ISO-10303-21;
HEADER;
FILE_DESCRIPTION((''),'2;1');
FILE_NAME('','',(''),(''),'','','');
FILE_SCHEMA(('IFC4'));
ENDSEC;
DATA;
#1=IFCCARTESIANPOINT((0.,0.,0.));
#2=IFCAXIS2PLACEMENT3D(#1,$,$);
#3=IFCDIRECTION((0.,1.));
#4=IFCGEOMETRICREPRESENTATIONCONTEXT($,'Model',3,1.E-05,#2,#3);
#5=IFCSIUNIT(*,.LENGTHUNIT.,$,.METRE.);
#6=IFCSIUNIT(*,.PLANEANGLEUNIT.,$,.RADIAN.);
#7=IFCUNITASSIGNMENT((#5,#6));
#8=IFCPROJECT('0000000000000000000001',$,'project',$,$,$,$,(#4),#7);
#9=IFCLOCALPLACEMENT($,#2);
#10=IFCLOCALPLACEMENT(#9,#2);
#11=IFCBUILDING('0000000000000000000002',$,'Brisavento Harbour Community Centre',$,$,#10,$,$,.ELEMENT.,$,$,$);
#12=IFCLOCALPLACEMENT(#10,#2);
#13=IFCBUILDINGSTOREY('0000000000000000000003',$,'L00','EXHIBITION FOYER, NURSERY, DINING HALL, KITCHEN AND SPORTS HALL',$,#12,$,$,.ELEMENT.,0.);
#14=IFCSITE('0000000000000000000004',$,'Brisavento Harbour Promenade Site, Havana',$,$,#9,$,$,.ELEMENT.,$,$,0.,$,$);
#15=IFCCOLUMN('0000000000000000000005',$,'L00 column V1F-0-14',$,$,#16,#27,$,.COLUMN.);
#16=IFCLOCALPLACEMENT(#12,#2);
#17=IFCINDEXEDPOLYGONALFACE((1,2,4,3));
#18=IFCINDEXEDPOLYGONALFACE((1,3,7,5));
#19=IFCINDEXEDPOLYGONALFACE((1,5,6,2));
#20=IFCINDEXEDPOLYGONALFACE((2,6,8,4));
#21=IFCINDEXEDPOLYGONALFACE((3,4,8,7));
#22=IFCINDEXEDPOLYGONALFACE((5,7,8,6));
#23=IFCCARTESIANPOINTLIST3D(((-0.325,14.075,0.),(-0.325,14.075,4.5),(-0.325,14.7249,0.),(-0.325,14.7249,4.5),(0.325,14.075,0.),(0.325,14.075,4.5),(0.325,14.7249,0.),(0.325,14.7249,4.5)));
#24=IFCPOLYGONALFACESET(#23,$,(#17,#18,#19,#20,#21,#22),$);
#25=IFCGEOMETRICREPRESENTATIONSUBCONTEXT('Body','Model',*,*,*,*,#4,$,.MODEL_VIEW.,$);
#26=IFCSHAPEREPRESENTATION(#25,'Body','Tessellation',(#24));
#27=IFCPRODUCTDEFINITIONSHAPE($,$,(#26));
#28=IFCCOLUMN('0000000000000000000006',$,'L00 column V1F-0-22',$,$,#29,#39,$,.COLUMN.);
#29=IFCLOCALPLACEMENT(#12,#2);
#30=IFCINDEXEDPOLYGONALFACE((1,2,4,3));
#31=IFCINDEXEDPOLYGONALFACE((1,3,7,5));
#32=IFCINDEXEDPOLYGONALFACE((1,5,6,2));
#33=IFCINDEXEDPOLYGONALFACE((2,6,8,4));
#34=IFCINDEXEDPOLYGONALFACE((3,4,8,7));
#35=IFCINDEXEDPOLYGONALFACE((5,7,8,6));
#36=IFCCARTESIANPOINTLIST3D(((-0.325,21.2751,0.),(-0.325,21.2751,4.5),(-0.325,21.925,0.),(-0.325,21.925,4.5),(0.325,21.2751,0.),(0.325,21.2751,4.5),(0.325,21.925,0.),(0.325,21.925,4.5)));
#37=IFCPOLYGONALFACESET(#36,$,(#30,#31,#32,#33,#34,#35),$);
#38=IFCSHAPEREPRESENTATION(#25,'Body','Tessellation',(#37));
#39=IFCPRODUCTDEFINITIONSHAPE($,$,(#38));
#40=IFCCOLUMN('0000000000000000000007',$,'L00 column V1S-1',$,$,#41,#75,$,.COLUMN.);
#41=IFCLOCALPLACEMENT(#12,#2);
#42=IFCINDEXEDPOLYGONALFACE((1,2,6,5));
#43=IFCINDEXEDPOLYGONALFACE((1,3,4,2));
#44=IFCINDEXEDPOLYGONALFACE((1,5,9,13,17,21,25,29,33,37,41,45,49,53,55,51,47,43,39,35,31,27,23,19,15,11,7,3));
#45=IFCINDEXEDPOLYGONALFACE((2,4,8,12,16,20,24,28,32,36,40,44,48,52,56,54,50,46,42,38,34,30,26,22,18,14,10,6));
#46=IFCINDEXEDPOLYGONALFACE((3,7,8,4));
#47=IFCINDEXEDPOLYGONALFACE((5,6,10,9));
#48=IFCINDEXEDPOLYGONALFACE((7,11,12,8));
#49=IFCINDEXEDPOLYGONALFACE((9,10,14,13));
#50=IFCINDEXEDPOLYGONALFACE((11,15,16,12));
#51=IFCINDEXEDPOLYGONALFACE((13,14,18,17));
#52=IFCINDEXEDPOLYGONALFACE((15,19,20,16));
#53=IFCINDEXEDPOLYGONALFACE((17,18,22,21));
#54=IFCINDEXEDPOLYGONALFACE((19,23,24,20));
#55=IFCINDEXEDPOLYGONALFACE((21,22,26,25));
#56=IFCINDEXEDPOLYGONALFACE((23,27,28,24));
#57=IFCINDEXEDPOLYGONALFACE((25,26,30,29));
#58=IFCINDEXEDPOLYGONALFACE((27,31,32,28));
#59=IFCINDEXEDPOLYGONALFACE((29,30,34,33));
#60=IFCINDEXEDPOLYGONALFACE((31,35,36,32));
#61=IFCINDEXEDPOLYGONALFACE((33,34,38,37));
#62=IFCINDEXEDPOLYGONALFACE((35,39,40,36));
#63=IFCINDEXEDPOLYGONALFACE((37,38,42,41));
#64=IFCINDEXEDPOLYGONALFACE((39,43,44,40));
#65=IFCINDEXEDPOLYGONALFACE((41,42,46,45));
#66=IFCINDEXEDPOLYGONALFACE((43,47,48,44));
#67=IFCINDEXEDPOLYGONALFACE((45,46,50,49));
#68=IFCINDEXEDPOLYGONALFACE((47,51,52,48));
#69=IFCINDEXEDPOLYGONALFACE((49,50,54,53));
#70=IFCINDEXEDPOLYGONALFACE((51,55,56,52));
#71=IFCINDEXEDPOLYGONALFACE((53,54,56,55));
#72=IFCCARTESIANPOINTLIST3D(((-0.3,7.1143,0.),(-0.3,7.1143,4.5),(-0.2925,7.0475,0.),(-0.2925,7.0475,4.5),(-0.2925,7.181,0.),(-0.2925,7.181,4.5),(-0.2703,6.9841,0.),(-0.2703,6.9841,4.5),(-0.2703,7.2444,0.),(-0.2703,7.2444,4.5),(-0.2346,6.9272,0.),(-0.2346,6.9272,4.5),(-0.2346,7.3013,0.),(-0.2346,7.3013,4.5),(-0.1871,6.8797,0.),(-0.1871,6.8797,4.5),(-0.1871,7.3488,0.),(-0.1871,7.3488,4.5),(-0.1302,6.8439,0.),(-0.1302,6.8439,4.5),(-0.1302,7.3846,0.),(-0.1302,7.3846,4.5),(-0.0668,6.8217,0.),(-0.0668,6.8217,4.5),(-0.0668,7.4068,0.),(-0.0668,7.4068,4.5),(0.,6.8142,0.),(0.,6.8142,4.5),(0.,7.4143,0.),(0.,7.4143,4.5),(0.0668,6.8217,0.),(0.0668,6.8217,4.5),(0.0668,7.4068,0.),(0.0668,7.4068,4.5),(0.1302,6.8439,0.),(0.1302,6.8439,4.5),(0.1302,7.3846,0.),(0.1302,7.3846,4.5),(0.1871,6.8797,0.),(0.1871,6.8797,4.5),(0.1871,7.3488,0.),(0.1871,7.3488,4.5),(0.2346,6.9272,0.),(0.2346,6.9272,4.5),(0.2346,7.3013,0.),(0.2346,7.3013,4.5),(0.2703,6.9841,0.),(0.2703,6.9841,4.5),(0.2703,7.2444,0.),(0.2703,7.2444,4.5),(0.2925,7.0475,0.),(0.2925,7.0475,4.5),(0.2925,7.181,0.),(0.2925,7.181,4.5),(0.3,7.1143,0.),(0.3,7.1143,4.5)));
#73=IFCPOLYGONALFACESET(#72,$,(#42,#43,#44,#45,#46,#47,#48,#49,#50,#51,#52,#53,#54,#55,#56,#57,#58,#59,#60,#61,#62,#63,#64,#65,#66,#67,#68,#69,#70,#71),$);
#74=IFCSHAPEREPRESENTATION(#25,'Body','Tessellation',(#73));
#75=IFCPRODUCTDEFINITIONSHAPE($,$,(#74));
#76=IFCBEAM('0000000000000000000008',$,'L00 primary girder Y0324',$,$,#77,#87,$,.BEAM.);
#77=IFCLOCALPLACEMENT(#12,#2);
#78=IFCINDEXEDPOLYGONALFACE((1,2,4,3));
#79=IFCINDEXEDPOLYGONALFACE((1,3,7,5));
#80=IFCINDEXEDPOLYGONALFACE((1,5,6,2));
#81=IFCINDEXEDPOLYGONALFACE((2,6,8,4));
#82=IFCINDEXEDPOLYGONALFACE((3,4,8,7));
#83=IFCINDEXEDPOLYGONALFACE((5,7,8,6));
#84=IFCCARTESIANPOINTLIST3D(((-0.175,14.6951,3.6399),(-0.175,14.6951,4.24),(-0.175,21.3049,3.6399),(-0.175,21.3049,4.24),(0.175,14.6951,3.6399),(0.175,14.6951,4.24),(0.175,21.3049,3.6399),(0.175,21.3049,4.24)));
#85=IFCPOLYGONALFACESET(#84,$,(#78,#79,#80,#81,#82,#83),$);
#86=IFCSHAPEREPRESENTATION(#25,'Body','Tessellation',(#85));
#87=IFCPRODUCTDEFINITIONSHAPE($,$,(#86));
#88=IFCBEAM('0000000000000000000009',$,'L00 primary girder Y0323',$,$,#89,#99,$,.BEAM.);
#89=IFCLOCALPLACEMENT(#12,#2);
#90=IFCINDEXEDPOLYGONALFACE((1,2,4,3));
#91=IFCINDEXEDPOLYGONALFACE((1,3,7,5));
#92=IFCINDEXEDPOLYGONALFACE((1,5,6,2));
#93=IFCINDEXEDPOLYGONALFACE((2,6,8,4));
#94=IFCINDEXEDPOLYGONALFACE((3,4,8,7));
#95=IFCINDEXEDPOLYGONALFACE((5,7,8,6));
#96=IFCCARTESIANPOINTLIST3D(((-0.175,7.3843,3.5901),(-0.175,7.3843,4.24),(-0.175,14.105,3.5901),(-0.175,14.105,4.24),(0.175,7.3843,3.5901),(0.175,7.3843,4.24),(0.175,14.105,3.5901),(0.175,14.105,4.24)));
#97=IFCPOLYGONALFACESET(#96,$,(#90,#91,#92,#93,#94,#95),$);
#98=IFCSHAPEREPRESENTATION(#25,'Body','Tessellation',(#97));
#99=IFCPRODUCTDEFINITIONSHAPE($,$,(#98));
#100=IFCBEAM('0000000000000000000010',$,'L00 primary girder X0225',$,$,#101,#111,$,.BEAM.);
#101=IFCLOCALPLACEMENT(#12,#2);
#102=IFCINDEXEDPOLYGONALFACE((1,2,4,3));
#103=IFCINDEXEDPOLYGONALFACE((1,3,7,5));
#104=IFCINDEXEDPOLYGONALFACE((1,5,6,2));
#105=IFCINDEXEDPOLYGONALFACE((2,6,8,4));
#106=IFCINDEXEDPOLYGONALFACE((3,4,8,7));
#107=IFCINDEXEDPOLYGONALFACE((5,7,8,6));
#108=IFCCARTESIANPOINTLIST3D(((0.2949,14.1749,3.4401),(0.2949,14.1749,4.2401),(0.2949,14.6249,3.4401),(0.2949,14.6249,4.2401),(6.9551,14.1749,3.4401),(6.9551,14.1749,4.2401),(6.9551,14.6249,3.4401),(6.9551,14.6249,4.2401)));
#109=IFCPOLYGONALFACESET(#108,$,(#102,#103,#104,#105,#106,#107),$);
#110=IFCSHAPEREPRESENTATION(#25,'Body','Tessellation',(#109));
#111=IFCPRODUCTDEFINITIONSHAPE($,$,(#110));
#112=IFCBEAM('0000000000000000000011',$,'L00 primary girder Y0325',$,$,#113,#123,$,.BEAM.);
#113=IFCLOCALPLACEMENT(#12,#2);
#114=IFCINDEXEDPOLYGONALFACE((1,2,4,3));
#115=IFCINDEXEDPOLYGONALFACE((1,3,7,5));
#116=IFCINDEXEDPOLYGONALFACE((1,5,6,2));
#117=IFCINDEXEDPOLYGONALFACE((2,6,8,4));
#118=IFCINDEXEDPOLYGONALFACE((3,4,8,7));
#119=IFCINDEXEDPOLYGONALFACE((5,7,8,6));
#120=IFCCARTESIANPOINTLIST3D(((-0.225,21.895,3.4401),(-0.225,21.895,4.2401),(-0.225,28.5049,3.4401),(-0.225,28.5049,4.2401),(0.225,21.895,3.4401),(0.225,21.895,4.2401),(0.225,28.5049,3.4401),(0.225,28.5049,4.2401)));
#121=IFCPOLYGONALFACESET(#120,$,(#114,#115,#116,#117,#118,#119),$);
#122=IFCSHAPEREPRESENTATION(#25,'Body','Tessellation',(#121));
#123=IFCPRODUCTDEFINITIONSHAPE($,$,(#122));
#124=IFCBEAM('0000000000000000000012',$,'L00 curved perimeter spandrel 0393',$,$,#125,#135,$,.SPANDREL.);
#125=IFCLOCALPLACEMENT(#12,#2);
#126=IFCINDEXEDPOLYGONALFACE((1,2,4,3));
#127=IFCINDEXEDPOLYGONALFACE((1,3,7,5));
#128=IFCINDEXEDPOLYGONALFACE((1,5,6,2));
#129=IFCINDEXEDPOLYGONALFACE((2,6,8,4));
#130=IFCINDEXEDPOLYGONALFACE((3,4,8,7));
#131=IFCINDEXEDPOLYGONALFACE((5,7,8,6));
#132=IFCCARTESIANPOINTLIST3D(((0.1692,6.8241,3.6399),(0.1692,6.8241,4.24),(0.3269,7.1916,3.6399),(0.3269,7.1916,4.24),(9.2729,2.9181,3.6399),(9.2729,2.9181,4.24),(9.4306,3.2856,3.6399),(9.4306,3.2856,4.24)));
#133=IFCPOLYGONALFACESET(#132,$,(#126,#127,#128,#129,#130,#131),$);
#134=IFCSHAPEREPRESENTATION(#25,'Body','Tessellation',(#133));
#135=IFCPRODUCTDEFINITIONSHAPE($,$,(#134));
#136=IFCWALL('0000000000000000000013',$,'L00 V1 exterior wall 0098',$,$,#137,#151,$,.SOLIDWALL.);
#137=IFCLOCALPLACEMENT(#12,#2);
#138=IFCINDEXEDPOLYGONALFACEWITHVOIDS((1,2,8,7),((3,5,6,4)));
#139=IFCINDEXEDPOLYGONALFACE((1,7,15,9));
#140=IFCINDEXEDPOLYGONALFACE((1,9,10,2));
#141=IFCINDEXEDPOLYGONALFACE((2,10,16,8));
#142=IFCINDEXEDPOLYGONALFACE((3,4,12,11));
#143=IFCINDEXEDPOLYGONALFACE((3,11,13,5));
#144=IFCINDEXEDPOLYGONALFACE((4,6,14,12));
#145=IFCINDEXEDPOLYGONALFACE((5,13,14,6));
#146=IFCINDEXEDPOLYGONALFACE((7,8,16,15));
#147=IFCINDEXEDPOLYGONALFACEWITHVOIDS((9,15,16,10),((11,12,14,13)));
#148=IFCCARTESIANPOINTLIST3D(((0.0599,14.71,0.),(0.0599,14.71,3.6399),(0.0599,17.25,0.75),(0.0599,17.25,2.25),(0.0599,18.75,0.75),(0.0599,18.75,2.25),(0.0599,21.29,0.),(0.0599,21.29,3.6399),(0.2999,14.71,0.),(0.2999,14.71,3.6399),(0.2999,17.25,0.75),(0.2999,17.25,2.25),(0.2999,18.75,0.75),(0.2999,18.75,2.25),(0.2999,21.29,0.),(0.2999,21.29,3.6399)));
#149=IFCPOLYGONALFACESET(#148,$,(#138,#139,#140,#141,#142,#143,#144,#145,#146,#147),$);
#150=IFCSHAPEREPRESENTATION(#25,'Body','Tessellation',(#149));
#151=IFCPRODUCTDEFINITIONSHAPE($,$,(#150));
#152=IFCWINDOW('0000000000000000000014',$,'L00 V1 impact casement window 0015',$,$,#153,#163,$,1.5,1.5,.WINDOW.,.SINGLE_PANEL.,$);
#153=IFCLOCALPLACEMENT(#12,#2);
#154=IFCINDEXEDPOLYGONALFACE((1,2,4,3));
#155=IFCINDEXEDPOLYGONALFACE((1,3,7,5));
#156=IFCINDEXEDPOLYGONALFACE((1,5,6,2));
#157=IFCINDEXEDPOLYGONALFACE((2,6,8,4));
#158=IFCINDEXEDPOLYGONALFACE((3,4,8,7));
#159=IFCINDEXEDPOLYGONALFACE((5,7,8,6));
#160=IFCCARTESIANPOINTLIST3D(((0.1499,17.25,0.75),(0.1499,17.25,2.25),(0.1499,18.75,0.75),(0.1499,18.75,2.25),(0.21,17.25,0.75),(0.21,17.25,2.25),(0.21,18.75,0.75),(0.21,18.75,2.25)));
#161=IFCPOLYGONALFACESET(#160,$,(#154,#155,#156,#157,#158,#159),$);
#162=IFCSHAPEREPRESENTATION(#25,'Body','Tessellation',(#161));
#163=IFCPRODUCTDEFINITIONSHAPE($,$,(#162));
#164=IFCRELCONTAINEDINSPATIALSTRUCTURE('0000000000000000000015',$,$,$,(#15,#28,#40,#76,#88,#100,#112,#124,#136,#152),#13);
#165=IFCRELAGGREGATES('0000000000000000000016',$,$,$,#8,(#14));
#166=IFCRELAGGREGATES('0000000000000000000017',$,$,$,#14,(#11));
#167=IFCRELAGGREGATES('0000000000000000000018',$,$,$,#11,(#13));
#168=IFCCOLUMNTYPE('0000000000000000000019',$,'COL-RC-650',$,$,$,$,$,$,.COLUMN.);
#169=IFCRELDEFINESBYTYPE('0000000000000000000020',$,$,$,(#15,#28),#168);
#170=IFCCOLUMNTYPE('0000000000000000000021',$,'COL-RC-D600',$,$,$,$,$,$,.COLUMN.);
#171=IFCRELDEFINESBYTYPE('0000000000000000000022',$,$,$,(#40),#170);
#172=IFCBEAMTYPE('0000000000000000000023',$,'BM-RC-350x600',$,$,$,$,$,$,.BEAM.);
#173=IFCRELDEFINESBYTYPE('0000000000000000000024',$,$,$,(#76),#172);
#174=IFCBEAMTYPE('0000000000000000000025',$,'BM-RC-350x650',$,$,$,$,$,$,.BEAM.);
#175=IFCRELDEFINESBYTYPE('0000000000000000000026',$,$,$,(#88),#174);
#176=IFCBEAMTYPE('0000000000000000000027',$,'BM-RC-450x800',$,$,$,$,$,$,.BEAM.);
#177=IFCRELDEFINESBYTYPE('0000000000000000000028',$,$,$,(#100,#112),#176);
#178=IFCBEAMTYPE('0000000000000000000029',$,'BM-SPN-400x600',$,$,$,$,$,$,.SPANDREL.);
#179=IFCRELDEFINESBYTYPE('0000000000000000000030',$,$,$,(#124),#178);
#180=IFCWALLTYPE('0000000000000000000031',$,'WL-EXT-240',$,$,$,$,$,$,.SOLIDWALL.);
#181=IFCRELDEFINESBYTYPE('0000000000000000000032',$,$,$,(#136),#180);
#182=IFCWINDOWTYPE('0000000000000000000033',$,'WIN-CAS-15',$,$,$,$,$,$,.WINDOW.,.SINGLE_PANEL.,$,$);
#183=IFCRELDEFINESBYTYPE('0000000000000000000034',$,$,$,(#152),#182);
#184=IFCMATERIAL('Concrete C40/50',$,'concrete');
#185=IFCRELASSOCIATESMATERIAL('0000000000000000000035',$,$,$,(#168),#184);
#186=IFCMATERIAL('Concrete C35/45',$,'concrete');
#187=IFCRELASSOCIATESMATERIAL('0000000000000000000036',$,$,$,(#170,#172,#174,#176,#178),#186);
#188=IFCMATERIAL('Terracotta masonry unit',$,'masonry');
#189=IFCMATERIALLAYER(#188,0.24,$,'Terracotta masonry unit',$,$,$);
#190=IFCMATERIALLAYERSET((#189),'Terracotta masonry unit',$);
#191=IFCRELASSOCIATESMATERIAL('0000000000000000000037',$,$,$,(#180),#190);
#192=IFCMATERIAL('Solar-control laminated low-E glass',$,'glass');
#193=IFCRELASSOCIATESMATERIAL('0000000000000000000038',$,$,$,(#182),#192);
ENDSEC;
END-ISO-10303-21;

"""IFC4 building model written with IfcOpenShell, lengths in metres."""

from ifc_helpers import new_model, si_unit, direction, frame, frame_2d, origin, origin_2d, place, context, subcontext, project, spatial, rectangle, circle, extrude, material, layer, layer_set, material_profile, profile_set, type_object, element, fill, save


model = new_model("IFC4")

# Units and contexts
model_context = context("Model", 3, precision=1e-05, world=origin(), true_north=direction((0.0, 1.0)))
body_context = subcontext(model_context, "Body", "Model", "MODEL_VIEW")
ifc_project = project(units=[si_unit("LENGTHUNIT", "METRE"), si_unit("PLANEANGLEUNIT", "RADIAN")], contexts=[model_context])

# Site, building, storey
site_placement = place(None, origin())
site = spatial("IfcSite", under=ifc_project, at=site_placement, Name="Brisavento Harbour Promenade Site, Havana", CompositionType="ELEMENT", RefElevation=0.0)
building_placement = place(site_placement, origin())
building = spatial("IfcBuilding", under=site, at=building_placement, Name="Brisavento Harbour Community Centre", CompositionType="ELEMENT")
storey_placement = place(building_placement, origin())
storey = spatial("IfcBuildingStorey", under=building, at=storey_placement, Name="L00", Description="EXHIBITION FOYER, NURSERY, DINING HALL, KITCHEN AND SPORTS HALL", CompositionType="ELEMENT", Elevation=0.0)

# Columns
ifc_material_1 = material(Name="Concrete C40/50", Category="concrete")
ifc_material_profile_1 = material_profile(ifc_material_1, rectangle(XDim=0.6499, YDim=0.6499, at=origin_2d()), Name="Concrete C40/50")
ifc_profile_set_1 = profile_set([ifc_material_profile_1], Name="Concrete C40/50")
column_type_1 = type_object("IfcColumnType", Name="COL-RC-650", PredefinedType="COLUMN", material=ifc_profile_set_1)
for number, where, z_axis, x_axis, name in (
    (1, (0.0, 14.3999, 0.0), (0.0, 0.0, 1.0), (1.0, 0.0, 0.0), "L00 column V1F-0-14"),
    (2, (0.0, 21.6001, 0.0), (0.0, 0.0, 1.0), (1.0, 0.0, 0.0), "L00 column V1F-0-22"),
):
    element("IfcColumn", number, at=place(storey_placement, frame(where, z_axis=z_axis, x_axis=x_axis)), inside=storey, type_object=column_type_1, Name=name, PredefinedType="COLUMN", context=body_context, shape_type="SweptSolid", body=[
        extrude(rectangle(XDim=0.6499, YDim=0.6499, at=origin_2d()), origin(), (0.0, 0.0, 1.0), 4.5),
    ])
ifc_material_2 = material(Name="Concrete C35/45", Category="concrete")
ifc_material_profile_2 = material_profile(ifc_material_2, circle(Radius=0.3, at=origin_2d()), Name="Concrete C35/45")
ifc_profile_set_2 = profile_set([ifc_material_profile_2], Name="Concrete C35/45")
column_type_2 = type_object("IfcColumnType", Name="COL-RC-D600", PredefinedType="COLUMN", material=ifc_profile_set_2)
column_placement = place(storey_placement, frame((0.0, 7.1143, 0.0), z_axis=(0.0, 0.0, 1.0), x_axis=(1.0, 0.0, 0.0)))
element("IfcColumn", 3, at=column_placement, inside=storey, type_object=column_type_2, Name="L00 column V1S-1", PredefinedType="COLUMN", context=body_context, shape_type="SweptSolid", body=[
    extrude(circle(Radius=0.3, at=origin_2d()), origin(), (0.0, 0.0, 1.0), 4.5),
])

# Beams
ifc_material_profile_3 = material_profile(ifc_material_2, rectangle(XDim=0.3501, YDim=0.6001, at=origin_2d()), Name="Concrete C35/45")
ifc_profile_set_3 = profile_set([ifc_material_profile_3], Name="Concrete C35/45")
beam_type_1 = type_object("IfcBeamType", Name="BM-RC-350x600", PredefinedType="BEAM", material=ifc_profile_set_3)
beam_1_placement = place(storey_placement, frame((0.0, 14.6951, 3.9399), z_axis=(0.0, 1.0, 0.0), x_axis=(-1.0, 0.0, 0.0)))
element("IfcBeam", 4, at=beam_1_placement, inside=storey, type_object=beam_type_1, Name="L00 primary girder Y0324", PredefinedType="BEAM", context=body_context, shape_type="SweptSolid", body=[
    extrude(rectangle(XDim=0.3501, YDim=0.6001, at=origin_2d()), origin(), (0.0, 0.0, 1.0), 6.6099),
])
ifc_material_profile_4 = material_profile(ifc_material_2, rectangle(XDim=0.3501, YDim=0.6499, at=origin_2d()), Name="Concrete C35/45")
ifc_profile_set_4 = profile_set([ifc_material_profile_4], Name="Concrete C35/45")
beam_type_2 = type_object("IfcBeamType", Name="BM-RC-350x650", PredefinedType="BEAM", material=ifc_profile_set_4)
beam_2_placement = place(storey_placement, frame((0.0, 7.3843, 3.915), z_axis=(0.0, 1.0, 0.0), x_axis=(-1.0, 0.0, 0.0)))
element("IfcBeam", 5, at=beam_2_placement, inside=storey, type_object=beam_type_2, Name="L00 primary girder Y0323", PredefinedType="BEAM", context=body_context, shape_type="SweptSolid", body=[
    extrude(rectangle(XDim=0.3501, YDim=0.6499, at=origin_2d()), origin(), (0.0, 0.0, 1.0), 6.7207),
])
ifc_material_profile_5 = material_profile(ifc_material_2, rectangle(XDim=0.45, YDim=0.8, at=origin_2d()), Name="Concrete C35/45")
ifc_profile_set_5 = profile_set([ifc_material_profile_5], Name="Concrete C35/45")
beam_type_3 = type_object("IfcBeamType", Name="BM-RC-450x800", PredefinedType="BEAM", material=ifc_profile_set_5)
beam_3_placement = place(storey_placement, frame((0.2949, 14.3999, 3.8401), z_axis=(1.0, 0.0, 0.0), x_axis=(0.0, 1.0, 0.0)))
element("IfcBeam", 6, at=beam_3_placement, inside=storey, type_object=beam_type_3, Name="L00 primary girder X0225", PredefinedType="BEAM", context=body_context, shape_type="SweptSolid", body=[
    extrude(rectangle(XDim=0.45, YDim=0.8, at=origin_2d()), origin(), (0.0, 0.0, 1.0), 6.6602),
])
beam_4_placement = place(storey_placement, frame((0.0, 21.895, 3.8401), z_axis=(0.0, 1.0, 0.0), x_axis=(-1.0, 0.0, 0.0)))
element("IfcBeam", 7, at=beam_4_placement, inside=storey, type_object=beam_type_3, Name="L00 primary girder Y0325", PredefinedType="BEAM", context=body_context, shape_type="SweptSolid", body=[
    extrude(rectangle(XDim=0.45, YDim=0.8, at=origin_2d()), origin(), (0.0, 0.0, 1.0), 6.6099),
])
ifc_material_profile_6 = material_profile(ifc_material_2, rectangle(XDim=0.3999, YDim=0.6001, at=origin_2d()), Name="Concrete C35/45")
ifc_profile_set_6 = profile_set([ifc_material_profile_6], Name="Concrete C35/45")
beam_type_4 = type_object("IfcBeamType", Name="BM-SPN-400x600", PredefinedType="SPANDREL", material=ifc_profile_set_6)
beam_5_placement = place(storey_placement, frame((0.248, 7.0078, 3.9399), z_axis=(0.918984, -0.394294, 0.0), x_axis=(0.394294, 0.918984, 0.0)))
element("IfcBeam", 8, at=beam_5_placement, inside=storey, type_object=beam_type_4, Name="L00 curved perimeter spandrel 0393", PredefinedType="SPANDREL", context=body_context, shape_type="SweptSolid", body=[
    extrude(rectangle(XDim=0.3999, YDim=0.6001, at=origin_2d()), origin(), (0.0, 0.0, 1.0), 9.9062),
])

# Wall, opening, window
ifc_material_3 = material(Name="Terracotta masonry unit", Category="masonry")
ifc_layer_1 = layer(ifc_material_3, 0.24, Name="Terracotta masonry unit")
ifc_layer_set_1 = layer_set([ifc_layer_1], Name="Terracotta masonry unit")
wall_type_1 = type_object("IfcWallType", Name="WL-EXT-240", PredefinedType="SOLIDWALL", material=ifc_layer_set_1)
wall_1_placement = place(storey_placement, frame((0.1799, 14.71, 0.0), z_axis=(0.0, 0.0, 1.0), x_axis=(0.0, 1.0, 0.0)))
wall_1 = element("IfcWall", 9, at=wall_1_placement, inside=storey, type_object=wall_type_1, Name="L00 V1 exterior wall 0098", PredefinedType="SOLIDWALL", context=body_context, shape_type="SweptSolid", body=[
    extrude(rectangle(XDim=6.5801, YDim=0.24, at=frame_2d((3.29, 0.0))), origin(), (0.0, 0.0, 1.0), 3.6399),
])
opening_1_placement = place(wall_1_placement, frame((2.54, 0.0, 0.75)))
opening_1 = element("IfcOpeningElement", 10, at=opening_1_placement, cuts=wall_1, PredefinedType="OPENING", context=body_context, shape_type="SweptSolid", body=[
    extrude(rectangle(XDim=1.5, YDim=1.5, at=frame_2d((0.75, 0.75))), frame((0.0, 0.1299, 0.0), z_axis=(0.0, -1.0, 0.0), x_axis=(1.0, 0.0, 0.0)), (0.0, 0.0, 1.0), 0.26),
])
ifc_material_4 = material(Name="Solar-control laminated low-E glass", Category="glass")
window_type_1 = type_object("IfcWindowType", Name="WIN-CAS-15", PartitioningType="SINGLE_PANEL", PredefinedType="WINDOW", material=ifc_material_4)
window_1_placement = place(opening_1_placement, origin())
window_1 = element("IfcWindow", 11, at=window_1_placement, inside=storey, type_object=window_type_1, Name="L00 V1 impact casement window 0015", OverallHeight=1.5, OverallWidth=1.5, PartitioningType="SINGLE_PANEL", PredefinedType="WINDOW", context=body_context, shape_type="SweptSolid", body=[
    extrude(rectangle(XDim=1.5, YDim=1.5, at=frame_2d((0.75, 0.75))), frame((0.0, 0.03, 0.0), z_axis=(0.0, -1.0, 0.0), x_axis=(1.0, 0.0, 0.0)), (0.0, 0.0, 1.0), 0.0601),
])
fill(opening_1, window_1)

save(model, "model.ifc")
